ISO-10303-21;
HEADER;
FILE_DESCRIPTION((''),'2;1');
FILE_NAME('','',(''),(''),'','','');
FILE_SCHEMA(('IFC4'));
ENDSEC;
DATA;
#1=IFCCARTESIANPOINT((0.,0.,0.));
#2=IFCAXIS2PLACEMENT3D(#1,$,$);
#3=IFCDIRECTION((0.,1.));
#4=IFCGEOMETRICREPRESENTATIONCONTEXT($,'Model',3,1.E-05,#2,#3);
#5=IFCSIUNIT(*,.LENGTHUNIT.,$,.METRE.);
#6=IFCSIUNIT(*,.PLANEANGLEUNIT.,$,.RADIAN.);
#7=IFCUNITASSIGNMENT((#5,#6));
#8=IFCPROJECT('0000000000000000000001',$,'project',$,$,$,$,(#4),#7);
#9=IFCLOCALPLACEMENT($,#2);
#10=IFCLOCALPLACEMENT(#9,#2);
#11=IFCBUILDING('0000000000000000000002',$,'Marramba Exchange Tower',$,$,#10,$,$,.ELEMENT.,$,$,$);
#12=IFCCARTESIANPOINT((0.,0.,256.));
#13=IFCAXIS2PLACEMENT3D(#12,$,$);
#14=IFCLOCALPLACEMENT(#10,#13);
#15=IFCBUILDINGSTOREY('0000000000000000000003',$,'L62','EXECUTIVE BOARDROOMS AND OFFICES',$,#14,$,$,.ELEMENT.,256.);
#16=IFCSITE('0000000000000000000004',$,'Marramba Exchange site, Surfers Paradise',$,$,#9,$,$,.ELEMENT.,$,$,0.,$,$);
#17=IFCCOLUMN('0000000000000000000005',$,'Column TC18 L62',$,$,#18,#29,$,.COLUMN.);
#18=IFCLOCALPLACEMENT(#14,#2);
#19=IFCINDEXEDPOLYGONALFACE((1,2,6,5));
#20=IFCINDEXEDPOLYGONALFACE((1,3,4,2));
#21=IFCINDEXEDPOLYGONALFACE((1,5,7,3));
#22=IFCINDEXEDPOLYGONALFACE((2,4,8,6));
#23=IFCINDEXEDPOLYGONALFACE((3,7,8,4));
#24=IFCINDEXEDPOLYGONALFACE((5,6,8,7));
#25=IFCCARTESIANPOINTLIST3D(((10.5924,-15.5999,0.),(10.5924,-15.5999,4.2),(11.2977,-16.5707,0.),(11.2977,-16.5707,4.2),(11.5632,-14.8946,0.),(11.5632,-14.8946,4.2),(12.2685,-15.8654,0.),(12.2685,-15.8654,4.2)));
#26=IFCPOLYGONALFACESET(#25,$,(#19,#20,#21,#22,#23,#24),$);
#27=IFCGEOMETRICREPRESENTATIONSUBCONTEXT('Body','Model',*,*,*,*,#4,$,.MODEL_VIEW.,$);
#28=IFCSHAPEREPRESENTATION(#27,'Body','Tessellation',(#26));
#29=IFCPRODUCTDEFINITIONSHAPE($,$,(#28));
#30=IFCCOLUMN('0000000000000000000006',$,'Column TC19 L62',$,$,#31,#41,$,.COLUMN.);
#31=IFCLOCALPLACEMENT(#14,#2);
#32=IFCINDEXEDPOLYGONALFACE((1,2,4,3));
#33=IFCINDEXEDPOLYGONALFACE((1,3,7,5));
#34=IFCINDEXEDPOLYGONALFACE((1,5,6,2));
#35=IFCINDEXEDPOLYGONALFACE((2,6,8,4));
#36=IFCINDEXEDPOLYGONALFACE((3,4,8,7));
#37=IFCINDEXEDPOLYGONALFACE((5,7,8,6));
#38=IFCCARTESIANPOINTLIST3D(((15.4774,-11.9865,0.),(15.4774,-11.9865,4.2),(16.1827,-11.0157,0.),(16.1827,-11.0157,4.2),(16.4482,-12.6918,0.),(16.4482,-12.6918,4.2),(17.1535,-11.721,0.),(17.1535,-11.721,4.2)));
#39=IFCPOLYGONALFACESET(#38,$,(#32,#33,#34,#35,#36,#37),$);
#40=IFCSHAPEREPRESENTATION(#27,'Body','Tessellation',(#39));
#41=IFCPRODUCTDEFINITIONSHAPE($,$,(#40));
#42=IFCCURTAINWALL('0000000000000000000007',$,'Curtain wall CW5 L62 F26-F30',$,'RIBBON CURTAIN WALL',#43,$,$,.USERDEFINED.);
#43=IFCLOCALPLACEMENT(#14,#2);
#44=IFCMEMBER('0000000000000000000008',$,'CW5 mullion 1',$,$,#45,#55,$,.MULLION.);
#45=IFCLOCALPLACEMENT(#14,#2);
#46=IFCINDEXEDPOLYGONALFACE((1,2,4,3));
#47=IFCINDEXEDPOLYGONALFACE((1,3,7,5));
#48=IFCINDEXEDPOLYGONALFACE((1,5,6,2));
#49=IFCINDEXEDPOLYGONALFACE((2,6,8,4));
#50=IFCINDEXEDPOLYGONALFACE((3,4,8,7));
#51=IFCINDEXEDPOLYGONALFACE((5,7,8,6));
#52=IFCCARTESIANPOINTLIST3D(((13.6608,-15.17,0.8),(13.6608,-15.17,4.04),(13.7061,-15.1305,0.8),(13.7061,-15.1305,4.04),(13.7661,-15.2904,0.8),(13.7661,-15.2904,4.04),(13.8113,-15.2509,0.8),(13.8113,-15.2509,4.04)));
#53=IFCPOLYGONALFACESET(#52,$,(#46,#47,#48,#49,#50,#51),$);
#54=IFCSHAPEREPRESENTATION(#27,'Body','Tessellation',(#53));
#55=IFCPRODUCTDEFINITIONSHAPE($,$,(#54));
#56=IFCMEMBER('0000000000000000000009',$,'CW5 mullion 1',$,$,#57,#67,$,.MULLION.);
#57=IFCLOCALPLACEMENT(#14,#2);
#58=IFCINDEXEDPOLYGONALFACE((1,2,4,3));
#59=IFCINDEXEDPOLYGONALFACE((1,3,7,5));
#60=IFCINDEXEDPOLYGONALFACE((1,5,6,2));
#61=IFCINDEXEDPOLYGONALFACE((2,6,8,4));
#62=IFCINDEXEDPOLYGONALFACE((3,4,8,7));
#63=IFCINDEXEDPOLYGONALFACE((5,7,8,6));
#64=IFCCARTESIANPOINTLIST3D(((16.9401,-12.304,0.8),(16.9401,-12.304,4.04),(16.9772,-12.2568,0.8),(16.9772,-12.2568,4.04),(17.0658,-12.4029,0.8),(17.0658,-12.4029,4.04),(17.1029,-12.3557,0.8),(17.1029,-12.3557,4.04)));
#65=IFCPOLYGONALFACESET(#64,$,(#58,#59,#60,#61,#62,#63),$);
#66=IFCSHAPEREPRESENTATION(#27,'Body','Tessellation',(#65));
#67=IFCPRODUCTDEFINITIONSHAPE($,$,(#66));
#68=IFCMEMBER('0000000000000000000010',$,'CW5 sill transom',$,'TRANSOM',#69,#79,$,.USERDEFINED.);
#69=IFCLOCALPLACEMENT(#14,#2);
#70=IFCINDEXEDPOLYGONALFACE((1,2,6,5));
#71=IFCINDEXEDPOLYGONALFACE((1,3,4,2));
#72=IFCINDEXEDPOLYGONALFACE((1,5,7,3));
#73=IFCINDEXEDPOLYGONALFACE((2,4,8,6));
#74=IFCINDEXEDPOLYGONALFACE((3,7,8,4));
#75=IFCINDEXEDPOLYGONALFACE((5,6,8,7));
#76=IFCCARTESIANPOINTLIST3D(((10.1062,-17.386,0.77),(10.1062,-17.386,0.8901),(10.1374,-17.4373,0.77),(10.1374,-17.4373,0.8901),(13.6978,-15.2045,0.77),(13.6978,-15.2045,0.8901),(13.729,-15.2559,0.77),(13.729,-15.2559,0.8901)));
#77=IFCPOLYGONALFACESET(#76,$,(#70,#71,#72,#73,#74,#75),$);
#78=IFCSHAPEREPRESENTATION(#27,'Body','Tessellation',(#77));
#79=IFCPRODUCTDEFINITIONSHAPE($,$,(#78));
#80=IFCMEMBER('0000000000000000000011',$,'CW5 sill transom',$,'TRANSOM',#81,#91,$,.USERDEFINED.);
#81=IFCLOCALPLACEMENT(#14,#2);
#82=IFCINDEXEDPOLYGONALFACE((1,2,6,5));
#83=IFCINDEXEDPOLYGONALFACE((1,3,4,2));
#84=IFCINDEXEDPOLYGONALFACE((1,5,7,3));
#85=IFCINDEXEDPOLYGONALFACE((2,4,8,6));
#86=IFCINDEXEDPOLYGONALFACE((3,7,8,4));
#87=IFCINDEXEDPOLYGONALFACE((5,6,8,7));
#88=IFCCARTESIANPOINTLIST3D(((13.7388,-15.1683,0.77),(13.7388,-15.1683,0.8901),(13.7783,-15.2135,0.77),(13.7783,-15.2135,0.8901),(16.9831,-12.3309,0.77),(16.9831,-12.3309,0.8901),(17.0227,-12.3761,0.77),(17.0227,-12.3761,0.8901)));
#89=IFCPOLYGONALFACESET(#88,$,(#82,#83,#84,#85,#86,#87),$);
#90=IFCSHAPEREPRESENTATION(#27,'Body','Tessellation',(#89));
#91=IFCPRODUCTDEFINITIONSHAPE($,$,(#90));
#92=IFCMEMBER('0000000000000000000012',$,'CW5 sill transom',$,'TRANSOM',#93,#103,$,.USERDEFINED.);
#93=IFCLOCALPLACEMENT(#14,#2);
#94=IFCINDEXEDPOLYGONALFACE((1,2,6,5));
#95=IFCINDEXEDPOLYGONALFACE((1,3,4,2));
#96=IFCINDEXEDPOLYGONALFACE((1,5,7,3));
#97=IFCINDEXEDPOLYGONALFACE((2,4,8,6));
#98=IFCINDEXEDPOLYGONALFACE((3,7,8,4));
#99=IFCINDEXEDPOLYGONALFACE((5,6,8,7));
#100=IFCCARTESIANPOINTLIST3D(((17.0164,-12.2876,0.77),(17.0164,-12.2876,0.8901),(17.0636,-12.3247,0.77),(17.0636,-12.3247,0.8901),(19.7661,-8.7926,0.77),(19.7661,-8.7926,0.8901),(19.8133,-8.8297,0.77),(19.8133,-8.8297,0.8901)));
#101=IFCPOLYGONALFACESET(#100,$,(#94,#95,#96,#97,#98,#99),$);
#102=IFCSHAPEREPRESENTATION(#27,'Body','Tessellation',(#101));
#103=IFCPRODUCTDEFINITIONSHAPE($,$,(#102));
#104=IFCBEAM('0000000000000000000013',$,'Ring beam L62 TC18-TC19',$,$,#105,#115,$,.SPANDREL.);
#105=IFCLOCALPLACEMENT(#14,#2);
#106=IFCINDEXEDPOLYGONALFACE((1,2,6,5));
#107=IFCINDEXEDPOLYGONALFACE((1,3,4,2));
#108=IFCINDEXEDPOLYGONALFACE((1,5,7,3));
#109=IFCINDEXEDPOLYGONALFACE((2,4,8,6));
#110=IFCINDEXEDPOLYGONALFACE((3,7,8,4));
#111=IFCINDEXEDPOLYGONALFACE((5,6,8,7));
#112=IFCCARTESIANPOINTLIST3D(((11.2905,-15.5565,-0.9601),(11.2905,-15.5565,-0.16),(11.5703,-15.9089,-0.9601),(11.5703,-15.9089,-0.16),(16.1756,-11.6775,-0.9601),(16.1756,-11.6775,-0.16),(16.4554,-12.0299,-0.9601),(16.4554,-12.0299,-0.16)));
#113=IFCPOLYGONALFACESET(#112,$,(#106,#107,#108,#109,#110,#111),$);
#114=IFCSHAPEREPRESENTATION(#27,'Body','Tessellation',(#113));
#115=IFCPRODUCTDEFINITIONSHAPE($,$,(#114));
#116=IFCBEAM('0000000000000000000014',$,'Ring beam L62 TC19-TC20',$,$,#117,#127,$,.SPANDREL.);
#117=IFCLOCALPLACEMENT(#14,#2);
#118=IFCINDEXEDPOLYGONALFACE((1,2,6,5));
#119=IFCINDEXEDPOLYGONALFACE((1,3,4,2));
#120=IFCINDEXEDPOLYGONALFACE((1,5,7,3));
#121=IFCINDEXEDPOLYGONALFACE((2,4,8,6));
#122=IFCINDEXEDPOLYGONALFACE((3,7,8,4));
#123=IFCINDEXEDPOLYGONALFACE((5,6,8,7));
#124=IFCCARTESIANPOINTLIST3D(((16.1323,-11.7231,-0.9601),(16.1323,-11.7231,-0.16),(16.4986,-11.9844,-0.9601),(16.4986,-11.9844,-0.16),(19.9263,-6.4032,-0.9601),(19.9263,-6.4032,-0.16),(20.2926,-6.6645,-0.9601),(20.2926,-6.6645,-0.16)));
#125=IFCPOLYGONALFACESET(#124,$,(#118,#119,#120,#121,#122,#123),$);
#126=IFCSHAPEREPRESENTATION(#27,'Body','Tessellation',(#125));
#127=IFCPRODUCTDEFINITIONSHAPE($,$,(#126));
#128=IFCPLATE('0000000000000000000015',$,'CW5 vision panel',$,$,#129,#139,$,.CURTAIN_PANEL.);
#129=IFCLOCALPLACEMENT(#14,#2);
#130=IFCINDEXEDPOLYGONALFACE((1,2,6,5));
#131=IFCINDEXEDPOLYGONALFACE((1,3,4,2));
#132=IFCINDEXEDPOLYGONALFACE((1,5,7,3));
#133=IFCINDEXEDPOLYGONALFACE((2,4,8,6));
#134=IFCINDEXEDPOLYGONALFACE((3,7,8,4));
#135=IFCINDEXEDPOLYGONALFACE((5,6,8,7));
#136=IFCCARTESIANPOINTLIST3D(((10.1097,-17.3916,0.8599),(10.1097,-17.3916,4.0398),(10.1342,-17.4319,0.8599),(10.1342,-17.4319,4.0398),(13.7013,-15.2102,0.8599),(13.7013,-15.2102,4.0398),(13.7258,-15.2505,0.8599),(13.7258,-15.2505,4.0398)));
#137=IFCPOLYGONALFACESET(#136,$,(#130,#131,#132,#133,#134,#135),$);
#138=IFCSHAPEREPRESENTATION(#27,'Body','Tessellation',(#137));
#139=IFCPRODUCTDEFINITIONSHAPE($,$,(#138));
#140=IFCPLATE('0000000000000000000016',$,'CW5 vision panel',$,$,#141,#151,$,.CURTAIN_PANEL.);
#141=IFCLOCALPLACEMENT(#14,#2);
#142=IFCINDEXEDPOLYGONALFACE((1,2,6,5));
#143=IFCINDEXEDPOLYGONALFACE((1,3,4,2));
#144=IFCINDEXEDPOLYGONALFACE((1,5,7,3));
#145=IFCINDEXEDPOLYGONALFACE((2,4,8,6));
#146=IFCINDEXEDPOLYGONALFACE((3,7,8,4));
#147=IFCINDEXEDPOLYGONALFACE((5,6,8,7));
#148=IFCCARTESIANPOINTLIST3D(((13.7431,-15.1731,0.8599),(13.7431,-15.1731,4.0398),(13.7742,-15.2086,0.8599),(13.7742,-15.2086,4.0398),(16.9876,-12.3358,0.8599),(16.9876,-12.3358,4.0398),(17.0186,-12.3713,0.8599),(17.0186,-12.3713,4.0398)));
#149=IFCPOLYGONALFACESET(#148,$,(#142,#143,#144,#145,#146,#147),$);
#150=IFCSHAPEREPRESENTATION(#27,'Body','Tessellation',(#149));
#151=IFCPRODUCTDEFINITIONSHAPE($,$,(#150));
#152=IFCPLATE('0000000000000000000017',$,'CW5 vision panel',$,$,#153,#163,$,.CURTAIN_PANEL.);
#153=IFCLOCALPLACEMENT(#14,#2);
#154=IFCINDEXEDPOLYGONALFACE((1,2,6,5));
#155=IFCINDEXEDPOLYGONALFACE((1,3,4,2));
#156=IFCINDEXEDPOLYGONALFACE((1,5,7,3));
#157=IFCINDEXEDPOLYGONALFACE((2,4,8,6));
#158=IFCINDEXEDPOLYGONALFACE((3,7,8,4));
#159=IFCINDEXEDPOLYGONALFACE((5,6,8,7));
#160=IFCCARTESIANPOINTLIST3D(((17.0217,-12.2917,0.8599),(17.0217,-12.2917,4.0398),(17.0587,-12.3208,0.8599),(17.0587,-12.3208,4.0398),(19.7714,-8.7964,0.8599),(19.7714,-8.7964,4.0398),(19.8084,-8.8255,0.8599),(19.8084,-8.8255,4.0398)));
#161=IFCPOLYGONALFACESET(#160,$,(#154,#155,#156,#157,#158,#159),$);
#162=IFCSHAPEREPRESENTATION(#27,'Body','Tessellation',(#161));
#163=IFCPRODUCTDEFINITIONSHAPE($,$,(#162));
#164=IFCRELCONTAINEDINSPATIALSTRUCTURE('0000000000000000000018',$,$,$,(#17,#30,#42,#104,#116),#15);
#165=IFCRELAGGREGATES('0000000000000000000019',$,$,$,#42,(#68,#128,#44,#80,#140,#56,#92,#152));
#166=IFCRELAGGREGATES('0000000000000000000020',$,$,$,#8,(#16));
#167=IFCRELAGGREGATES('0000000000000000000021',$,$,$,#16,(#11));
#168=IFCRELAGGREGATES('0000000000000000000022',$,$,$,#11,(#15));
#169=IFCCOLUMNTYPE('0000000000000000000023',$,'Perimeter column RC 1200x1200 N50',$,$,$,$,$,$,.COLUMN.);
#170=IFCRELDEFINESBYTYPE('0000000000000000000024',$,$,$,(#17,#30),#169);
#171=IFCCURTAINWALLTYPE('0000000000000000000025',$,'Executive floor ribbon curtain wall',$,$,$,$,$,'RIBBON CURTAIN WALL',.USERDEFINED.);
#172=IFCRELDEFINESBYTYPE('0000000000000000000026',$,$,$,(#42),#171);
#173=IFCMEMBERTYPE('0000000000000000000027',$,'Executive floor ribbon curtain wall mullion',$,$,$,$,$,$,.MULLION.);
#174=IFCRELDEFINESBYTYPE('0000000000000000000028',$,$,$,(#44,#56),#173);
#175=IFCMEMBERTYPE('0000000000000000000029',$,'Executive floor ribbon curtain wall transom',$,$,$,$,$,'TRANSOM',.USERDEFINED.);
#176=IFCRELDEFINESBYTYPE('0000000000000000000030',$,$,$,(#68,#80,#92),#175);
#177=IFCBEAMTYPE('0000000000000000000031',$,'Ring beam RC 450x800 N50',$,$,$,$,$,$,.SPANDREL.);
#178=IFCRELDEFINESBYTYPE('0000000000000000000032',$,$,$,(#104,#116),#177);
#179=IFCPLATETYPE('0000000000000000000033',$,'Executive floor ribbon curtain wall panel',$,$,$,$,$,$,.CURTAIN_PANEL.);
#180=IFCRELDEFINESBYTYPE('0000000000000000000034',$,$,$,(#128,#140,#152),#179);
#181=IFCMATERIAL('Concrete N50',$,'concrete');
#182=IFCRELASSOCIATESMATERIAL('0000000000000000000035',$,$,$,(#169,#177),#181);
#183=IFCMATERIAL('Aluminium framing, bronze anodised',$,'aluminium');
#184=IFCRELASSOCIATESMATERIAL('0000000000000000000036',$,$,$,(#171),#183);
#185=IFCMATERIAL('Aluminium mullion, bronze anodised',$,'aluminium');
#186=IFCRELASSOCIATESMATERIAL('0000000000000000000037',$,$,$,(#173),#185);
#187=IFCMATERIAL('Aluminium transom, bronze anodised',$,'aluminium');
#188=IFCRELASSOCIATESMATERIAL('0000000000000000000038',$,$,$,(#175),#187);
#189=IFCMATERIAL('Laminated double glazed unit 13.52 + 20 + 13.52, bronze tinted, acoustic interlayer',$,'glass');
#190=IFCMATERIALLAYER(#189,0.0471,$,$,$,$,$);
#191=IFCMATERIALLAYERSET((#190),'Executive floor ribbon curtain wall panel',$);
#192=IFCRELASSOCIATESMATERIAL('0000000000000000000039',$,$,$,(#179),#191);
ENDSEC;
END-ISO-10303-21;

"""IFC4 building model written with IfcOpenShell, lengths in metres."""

from ifc_helpers import new_model, si_unit, direction, frame, origin, origin_2d, place, context, subcontext, project, spatial, rectangle, extrude, material, layer, layer_set, material_profile, profile_set, type_object, element, aggregate, save


model = new_model("IFC4")

# Units and contexts
model_context = context("Model", 3, precision=1e-05, world=origin(), true_north=direction((0.0, 1.0)))
body_context = subcontext(model_context, "Body", "Model", "MODEL_VIEW")
ifc_project = project(units=[si_unit("LENGTHUNIT", "METRE"), si_unit("PLANEANGLEUNIT", "RADIAN")], contexts=[model_context])

# Site, building, storey
site_placement = place(None, origin())
site = spatial("IfcSite", under=ifc_project, at=site_placement, Name="Marramba Exchange site, Surfers Paradise", CompositionType="ELEMENT", RefElevation=0.0)
building_placement = place(site_placement, origin())
building = spatial("IfcBuilding", under=site, at=building_placement, Name="Marramba Exchange Tower", CompositionType="ELEMENT")
storey_placement = place(building_placement, frame((0.0, 0.0, 256.0)))
storey = spatial("IfcBuildingStorey", under=building, at=storey_placement, Name="L62", Description="EXECUTIVE BOARDROOMS AND OFFICES", CompositionType="ELEMENT", Elevation=256.0)

# Columns
ifc_material_1 = material(Name="Concrete N50", Category="concrete")
ifc_material_profile_1 = material_profile(ifc_material_1, rectangle(XDim=1.2, YDim=1.2, at=origin_2d()), Name="RC 1200x1200")
ifc_profile_set_1 = profile_set([ifc_material_profile_1], Name="Concrete N50")
column_type = type_object("IfcColumnType", Name="Perimeter column RC 1200x1200 N50", PredefinedType="COLUMN", material=ifc_profile_set_1)
for number, where, z_axis, x_axis, name in (
    (1, (11.4304, -15.7327, 0.0), (0.0, 0.0, 1.0), (0.587785, -0.809017, 0.0), "Column TC18 L62"),
    (2, (16.3154, -11.8538, 0.0), (0.0, 0.0, 1.0), (0.809017, -0.587785, 0.0), "Column TC19 L62"),
):
    element("IfcColumn", number, at=place(storey_placement, frame(where, z_axis=z_axis, x_axis=x_axis)), inside=storey, type_object=column_type, Name=name, PredefinedType="COLUMN", context=body_context, shape_type="SweptSolid", body=[
        extrude(rectangle(XDim=1.2, YDim=1.2, at=origin_2d()), origin(), (0.0, 0.0, 1.0), 4.2),
    ])

# Curtain wall, members
ifc_material_2 = material(Name="Aluminium framing, bronze anodised", Category="aluminium")
curtain_wall_type = type_object("IfcCurtainWallType", Name="Executive floor ribbon curtain wall", ElementType="RIBBON CURTAIN WALL", PredefinedType="USERDEFINED", material=ifc_material_2)
curtain_wall_placement = place(storey_placement, origin())
curtain_wall = element("IfcCurtainWall", 3, at=curtain_wall_placement, inside=storey, type_object=curtain_wall_type, Name="Curtain wall CW5 L62 F26-F30", ObjectType="RIBBON CURTAIN WALL", PredefinedType="USERDEFINED")
ifc_material_3 = material(Name="Aluminium mullion, bronze anodised", Category="aluminium")
ifc_material_profile_2 = material_profile(ifc_material_3, rectangle(XDim=0.1599, YDim=0.0601, at=origin_2d()), Name="CW5 mullion 60x160")
ifc_profile_set_2 = profile_set([ifc_material_profile_2], Name="Aluminium mullion, bronze anodised")
member_type_1 = type_object("IfcMemberType", Name="Executive floor ribbon curtain wall mullion", PredefinedType="MULLION", material=ifc_profile_set_2)
member_1_placement = place(storey_placement, frame((13.7361, -15.2104, 0.8), z_axis=(0.0, 0.0, 1.0), x_axis=(-0.658305, 0.752751, 0.0)))
member_1 = element("IfcMember", 4, at=member_1_placement, type_object=member_type_1, Name="CW5 mullion 1", PredefinedType="MULLION", context=body_context, shape_type="SweptSolid", body=[
    extrude(rectangle(XDim=0.1599, YDim=0.0601, at=origin_2d()), origin(), (0.0, 0.0, 1.0), 3.24),
])
member_2_placement = place(storey_placement, frame((17.0215, -12.3298, 0.8), z_axis=(0.0, 0.0, 1.0), x_axis=(-0.78595, 0.618291, 0.0)))
member_2 = element("IfcMember", 5, at=member_2_placement, type_object=member_type_1, Name="CW5 mullion 1", PredefinedType="MULLION", context=body_context, shape_type="SweptSolid", body=[
    extrude(rectangle(XDim=0.1599, YDim=0.0601, at=origin_2d()), origin(), (0.0, 0.0, 1.0), 3.24),
])
ifc_material_4 = material(Name="Aluminium transom, bronze anodised", Category="aluminium")
ifc_material_profile_3 = material_profile(ifc_material_4, rectangle(XDim=0.0601, YDim=0.1201, at=origin_2d()), Name="CW5 transom 60x120")
ifc_profile_set_3 = profile_set([ifc_material_profile_3], Name="Aluminium transom, bronze anodised")
member_type_2 = type_object("IfcMemberType", Name="Executive floor ribbon curtain wall transom", ElementType="TRANSOM", PredefinedType="USERDEFINED", material=ifc_profile_set_3)
member_3_placement = place(storey_placement, frame((10.1218, -17.4116, 0.8301), z_axis=(0.854702, 0.519119, 0.0), x_axis=(-0.519119, 0.854702, 0.0)))
member_3 = element("IfcMember", 6, at=member_3_placement, type_object=member_type_2, Name="CW5 sill transom", ObjectType="TRANSOM", PredefinedType="USERDEFINED", context=body_context, shape_type="SweptSolid", body=[
    extrude(rectangle(XDim=0.0601, YDim=0.1201, at=origin_2d()), origin(), (0.0, 0.0, 1.0), 4.2021),
])
member_4_placement = place(storey_placement, frame((13.7585, -15.1909, 0.8301), z_axis=(0.752742, 0.658316, 0.0), x_axis=(-0.658316, 0.752742, 0.0)))
member_4 = element("IfcMember", 7, at=member_4_placement, type_object=member_type_2, Name="CW5 sill transom", ObjectType="TRANSOM", PredefinedType="USERDEFINED", context=body_context, shape_type="SweptSolid", body=[
    extrude(rectangle(XDim=0.0601, YDim=0.1201, at=origin_2d()), origin(), (0.0, 0.0, 1.0), 4.3101),
])
member_5_placement = place(storey_placement, frame((17.04, -12.3062, 0.8301), z_axis=(0.618321, 0.785926, 0.0), x_axis=(-0.785926, 0.618321, 0.0)))
member_5 = element("IfcMember", 8, at=member_5_placement, type_object=member_type_2, Name="CW5 sill transom", ObjectType="TRANSOM", PredefinedType="USERDEFINED", context=body_context, shape_type="SweptSolid", body=[
    extrude(rectangle(XDim=0.0601, YDim=0.1201, at=origin_2d()), origin(), (0.0, 0.0, 1.0), 4.447),
])

# Beams
ifc_material_profile_4 = material_profile(ifc_material_1, rectangle(XDim=0.45, YDim=0.8, at=origin_2d()), Name="RC 450x800")
ifc_profile_set_4 = profile_set([ifc_material_profile_4], Name="Concrete N50")
beam_type = type_object("IfcBeamType", Name="Ring beam RC 450x800 N50", PredefinedType="SPANDREL", material=ifc_profile_set_4)
beam_1_placement = place(storey_placement, frame((11.4304, -15.7327, -0.5601), z_axis=(0.783139, 0.621846, 0.0), x_axis=(-0.621846, 0.783139, 0.0)))
element("IfcBeam", 9, at=beam_1_placement, inside=storey, type_object=beam_type, Name="Ring beam L62 TC18-TC19", PredefinedType="SPANDREL", context=body_context, shape_type="SweptSolid", body=[
    extrude(rectangle(XDim=0.45, YDim=0.8, at=origin_2d()), origin(), (0.0, 0.0, 1.0), 6.2378),
])
beam_2_placement = place(storey_placement, frame((16.3154, -11.8538, -0.5601), z_axis=(0.580637, 0.814162, 0.0), x_axis=(-0.814162, 0.580637, 0.0)))
element("IfcBeam", 10, at=beam_2_placement, inside=storey, type_object=beam_type, Name="Ring beam L62 TC19-TC20", PredefinedType="SPANDREL", context=body_context, shape_type="SweptSolid", body=[
    extrude(rectangle(XDim=0.45, YDim=0.8, at=origin_2d()), origin(), (0.0, 0.0, 1.0), 6.5342),
])

# Plates
ifc_material_5 = material(Name="Laminated double glazed unit 13.52 + 20 + 13.52, bronze tinted, acoustic interlayer", Category="glass")
ifc_layer_1 = layer(ifc_material_5, 0.0471)
ifc_layer_set_1 = layer_set([ifc_layer_1], Name="Executive floor ribbon curtain wall panel")
plate_type = type_object("IfcPlateType", Name="Executive floor ribbon curtain wall panel", PredefinedType="CURTAIN_PANEL", material=ifc_layer_set_1)
plate_1_placement = place(storey_placement, frame((11.9177, -16.321, 0.8599), z_axis=(0.0, 0.0, 1.0), x_axis=(0.854704, 0.519115, 0.0)))
plate_1 = element("IfcPlate", 11, at=plate_1_placement, type_object=plate_type, Name="CW5 vision panel", PredefinedType="CURTAIN_PANEL", context=body_context, shape_type="SweptSolid", body=[
    extrude(rectangle(XDim=4.2021, YDim=0.0471, at=origin_2d()), origin(), (0.0, 0.0, 1.0), 3.1799),
])
plate_2_placement = place(storey_placement, frame((15.3809, -13.7722, 0.8599), z_axis=(0.0, 0.0, 1.0), x_axis=(0.752751, 0.658305, 0.0)))
plate_2 = element("IfcPlate", 12, at=plate_2_placement, type_object=plate_type, Name="CW5 vision panel", PredefinedType="CURTAIN_PANEL", context=body_context, shape_type="SweptSolid", body=[
    extrude(rectangle(XDim=4.3101, YDim=0.0471, at=origin_2d()), origin(), (0.0, 0.0, 1.0), 3.1799),
])
plate_3_placement = place(storey_placement, frame((18.415, -10.5586, 0.8599), z_axis=(0.0, 0.0, 1.0), x_axis=(0.618291, 0.78595, 0.0)))
plate_3 = element("IfcPlate", 13, at=plate_3_placement, type_object=plate_type, Name="CW5 vision panel", PredefinedType="CURTAIN_PANEL", context=body_context, shape_type="SweptSolid", body=[
    extrude(rectangle(XDim=4.4473, YDim=0.0471, at=origin_2d()), origin(), (0.0, 0.0, 1.0), 3.1799),
])
aggregate(curtain_wall, [member_3, plate_1, member_1, member_4, plate_2, member_2, member_5, plate_3])

save(model, "model.ifc")
